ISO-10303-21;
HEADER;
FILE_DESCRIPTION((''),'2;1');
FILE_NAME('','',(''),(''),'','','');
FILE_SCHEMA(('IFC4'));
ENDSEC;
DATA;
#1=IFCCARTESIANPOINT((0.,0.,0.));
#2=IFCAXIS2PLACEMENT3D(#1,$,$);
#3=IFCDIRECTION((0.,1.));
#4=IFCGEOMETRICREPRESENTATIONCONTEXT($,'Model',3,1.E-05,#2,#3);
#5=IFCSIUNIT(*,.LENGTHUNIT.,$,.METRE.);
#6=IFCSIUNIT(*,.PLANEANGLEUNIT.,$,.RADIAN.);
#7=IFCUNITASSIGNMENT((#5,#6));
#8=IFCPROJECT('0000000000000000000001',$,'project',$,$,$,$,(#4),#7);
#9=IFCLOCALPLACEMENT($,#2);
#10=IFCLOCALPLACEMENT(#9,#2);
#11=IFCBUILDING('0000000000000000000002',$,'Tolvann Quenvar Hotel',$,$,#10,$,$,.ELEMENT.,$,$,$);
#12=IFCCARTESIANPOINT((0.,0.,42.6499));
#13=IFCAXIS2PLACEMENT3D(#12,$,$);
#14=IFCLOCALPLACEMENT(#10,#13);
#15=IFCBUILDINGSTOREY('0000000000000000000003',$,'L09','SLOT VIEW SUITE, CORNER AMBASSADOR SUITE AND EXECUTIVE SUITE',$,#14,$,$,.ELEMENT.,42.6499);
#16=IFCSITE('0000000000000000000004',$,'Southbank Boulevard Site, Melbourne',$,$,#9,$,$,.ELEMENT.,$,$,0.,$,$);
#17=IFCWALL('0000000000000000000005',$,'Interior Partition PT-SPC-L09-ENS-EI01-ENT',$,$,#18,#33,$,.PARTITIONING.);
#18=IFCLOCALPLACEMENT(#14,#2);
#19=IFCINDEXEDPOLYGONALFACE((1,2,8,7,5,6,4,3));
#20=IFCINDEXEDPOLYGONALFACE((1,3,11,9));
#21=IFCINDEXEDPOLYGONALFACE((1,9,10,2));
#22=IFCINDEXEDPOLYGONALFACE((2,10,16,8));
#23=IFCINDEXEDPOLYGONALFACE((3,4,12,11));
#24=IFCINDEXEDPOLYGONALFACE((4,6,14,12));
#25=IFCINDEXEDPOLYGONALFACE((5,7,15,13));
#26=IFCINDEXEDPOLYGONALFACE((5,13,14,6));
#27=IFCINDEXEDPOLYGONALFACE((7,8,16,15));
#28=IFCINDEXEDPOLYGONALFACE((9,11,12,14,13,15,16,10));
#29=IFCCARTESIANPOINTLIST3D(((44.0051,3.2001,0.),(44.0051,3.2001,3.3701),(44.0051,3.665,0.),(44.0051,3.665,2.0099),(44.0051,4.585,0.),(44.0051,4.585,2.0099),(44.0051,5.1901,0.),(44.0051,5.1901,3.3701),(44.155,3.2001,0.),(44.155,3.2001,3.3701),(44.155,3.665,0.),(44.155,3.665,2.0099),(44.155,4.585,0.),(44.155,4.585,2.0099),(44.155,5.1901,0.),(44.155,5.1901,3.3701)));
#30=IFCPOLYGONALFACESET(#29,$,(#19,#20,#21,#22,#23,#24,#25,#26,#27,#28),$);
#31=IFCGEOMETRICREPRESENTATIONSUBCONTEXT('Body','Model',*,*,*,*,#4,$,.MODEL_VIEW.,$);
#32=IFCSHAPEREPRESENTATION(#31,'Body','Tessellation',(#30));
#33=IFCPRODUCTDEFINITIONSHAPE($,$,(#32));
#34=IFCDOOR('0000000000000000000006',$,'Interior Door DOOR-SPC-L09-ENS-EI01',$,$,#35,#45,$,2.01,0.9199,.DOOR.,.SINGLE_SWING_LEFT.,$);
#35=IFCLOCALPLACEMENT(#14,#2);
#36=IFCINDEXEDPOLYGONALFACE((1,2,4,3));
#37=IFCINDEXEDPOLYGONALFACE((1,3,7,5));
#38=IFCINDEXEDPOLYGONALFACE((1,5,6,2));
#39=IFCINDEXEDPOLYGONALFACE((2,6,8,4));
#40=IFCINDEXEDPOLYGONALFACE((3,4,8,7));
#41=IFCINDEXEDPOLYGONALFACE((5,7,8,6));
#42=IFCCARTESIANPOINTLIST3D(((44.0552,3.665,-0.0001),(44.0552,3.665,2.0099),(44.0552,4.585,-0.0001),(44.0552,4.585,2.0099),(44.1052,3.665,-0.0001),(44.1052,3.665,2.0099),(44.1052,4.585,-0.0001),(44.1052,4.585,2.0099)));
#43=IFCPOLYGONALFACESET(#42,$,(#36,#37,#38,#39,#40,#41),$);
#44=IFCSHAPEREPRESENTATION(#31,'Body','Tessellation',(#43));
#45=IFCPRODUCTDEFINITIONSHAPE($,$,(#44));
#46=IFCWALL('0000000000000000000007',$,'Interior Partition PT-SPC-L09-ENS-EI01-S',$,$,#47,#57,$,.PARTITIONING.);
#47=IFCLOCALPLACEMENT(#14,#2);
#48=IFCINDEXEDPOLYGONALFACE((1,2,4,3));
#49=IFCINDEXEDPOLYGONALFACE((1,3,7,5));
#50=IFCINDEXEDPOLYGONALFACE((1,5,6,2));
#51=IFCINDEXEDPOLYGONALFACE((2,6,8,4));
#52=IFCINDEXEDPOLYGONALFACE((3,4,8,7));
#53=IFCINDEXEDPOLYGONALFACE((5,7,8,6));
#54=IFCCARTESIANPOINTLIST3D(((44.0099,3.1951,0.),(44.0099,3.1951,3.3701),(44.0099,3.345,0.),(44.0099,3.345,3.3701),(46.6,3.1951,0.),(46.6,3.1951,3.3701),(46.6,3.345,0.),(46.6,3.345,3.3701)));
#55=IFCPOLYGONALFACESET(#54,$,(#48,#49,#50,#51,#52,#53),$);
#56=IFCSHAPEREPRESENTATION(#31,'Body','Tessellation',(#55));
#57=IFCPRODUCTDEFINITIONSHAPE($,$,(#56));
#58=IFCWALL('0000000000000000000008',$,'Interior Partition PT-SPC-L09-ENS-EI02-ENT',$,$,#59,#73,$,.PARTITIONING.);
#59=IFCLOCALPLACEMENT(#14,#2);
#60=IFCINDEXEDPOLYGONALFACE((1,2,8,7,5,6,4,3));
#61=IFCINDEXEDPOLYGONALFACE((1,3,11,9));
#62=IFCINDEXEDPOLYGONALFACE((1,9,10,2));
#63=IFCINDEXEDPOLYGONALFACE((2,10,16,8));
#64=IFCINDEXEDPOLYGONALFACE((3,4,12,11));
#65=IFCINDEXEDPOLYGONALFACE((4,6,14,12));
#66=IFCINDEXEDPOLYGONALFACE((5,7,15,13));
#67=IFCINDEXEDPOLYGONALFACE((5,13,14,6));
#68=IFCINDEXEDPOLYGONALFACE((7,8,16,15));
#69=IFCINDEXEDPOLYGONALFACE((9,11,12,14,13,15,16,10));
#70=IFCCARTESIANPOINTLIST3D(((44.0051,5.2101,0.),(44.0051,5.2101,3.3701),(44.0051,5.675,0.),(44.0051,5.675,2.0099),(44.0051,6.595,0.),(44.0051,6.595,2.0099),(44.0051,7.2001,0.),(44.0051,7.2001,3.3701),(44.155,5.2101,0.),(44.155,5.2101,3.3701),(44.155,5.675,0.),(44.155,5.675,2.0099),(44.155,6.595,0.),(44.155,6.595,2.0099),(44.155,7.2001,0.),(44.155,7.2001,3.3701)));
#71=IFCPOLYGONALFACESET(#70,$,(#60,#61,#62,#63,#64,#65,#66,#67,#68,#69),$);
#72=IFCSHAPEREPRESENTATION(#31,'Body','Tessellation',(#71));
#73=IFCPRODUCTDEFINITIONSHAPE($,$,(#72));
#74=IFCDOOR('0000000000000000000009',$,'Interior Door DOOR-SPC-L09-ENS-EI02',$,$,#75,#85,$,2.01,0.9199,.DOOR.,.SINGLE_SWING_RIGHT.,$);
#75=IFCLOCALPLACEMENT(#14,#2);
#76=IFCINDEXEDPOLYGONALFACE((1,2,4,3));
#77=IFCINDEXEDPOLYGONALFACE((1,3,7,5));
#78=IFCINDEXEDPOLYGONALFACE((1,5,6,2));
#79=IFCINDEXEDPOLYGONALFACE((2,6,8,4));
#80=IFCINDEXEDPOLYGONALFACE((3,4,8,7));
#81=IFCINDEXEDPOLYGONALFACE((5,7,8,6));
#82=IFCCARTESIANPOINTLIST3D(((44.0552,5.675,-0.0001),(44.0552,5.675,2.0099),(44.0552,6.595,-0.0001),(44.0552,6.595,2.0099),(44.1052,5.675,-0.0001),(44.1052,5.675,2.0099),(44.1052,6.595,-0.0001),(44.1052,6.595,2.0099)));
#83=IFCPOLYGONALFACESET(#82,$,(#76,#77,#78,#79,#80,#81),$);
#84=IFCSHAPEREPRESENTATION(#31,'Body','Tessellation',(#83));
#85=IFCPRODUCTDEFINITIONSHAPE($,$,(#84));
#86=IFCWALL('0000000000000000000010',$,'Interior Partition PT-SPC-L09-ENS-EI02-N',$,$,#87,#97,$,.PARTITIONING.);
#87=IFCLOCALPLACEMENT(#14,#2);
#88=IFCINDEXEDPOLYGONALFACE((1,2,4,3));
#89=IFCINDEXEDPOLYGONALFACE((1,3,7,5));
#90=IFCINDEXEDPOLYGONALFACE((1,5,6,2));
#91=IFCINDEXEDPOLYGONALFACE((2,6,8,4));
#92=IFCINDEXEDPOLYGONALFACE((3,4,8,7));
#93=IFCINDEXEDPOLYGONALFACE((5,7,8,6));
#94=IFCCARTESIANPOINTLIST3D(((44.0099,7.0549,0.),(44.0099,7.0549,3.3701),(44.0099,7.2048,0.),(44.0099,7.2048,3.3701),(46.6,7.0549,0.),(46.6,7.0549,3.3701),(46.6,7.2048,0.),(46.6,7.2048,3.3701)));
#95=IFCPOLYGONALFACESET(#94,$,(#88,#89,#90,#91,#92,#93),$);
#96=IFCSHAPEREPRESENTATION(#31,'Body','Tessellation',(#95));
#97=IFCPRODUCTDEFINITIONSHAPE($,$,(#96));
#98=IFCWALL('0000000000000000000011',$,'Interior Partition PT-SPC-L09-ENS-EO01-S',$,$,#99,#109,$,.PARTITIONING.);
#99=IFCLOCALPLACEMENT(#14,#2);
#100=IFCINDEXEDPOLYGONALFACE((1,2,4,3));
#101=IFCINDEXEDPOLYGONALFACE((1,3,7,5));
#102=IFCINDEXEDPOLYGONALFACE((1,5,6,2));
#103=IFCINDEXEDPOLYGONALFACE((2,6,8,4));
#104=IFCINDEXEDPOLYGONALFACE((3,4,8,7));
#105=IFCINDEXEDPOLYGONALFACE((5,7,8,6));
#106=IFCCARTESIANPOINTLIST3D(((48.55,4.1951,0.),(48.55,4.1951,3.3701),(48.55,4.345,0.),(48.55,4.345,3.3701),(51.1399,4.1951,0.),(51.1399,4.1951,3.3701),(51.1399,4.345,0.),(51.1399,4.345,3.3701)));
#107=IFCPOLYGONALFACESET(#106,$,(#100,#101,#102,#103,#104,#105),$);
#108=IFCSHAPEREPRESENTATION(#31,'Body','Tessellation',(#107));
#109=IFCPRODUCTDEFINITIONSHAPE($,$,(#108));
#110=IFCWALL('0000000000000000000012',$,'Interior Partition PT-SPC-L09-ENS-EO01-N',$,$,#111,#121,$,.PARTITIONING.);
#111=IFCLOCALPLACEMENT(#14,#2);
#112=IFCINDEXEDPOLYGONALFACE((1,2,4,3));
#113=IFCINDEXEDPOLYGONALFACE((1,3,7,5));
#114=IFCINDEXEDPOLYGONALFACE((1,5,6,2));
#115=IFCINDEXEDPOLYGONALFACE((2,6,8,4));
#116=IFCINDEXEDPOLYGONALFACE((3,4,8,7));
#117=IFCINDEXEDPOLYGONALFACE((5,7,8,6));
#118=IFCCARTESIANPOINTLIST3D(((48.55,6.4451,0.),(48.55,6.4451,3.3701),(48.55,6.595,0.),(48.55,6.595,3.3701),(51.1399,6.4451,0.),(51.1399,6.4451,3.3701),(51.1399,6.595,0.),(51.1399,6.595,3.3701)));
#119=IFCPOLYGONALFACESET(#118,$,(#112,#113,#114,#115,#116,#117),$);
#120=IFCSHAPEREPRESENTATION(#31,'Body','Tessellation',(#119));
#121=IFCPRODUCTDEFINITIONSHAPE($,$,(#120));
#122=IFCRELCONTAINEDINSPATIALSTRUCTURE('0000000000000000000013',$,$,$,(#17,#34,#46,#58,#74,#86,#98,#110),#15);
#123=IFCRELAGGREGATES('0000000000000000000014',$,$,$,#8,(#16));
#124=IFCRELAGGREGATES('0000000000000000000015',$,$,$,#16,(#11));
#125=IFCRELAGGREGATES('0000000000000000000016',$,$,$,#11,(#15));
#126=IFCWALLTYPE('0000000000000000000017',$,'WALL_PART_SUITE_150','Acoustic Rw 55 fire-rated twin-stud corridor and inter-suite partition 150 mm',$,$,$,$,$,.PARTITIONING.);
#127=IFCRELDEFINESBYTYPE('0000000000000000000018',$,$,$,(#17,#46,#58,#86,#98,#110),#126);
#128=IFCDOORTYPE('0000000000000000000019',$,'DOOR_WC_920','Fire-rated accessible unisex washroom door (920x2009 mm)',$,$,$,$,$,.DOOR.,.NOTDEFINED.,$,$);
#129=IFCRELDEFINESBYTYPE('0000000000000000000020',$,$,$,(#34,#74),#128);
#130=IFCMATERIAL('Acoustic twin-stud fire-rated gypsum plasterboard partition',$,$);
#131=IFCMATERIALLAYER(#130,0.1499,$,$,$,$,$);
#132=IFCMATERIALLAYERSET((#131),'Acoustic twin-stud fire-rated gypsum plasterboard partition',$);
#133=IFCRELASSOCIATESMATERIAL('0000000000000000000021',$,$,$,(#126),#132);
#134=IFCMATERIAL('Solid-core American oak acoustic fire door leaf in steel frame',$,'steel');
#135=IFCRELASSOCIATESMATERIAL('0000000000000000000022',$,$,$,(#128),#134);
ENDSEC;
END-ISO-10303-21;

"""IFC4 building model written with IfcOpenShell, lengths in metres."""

from ifc_helpers import new_model, si_unit, direction, frame, frame_2d, origin, place, context, subcontext, project, spatial, rectangle, extrude, source, transform, mapped, material, layer, layer_set, type_object, type_shapes, element, fill, save


model = new_model("IFC4")

# Units and contexts
model_context = context("Model", 3, precision=1e-05, world=origin(), true_north=direction((0.0, 1.0)))
body_context = subcontext(model_context, "Body", "Model", "MODEL_VIEW")
ifc_project = project(units=[si_unit("LENGTHUNIT", "METRE"), si_unit("PLANEANGLEUNIT", "RADIAN")], contexts=[model_context])

# Site, building, storey
site_placement = place(None, origin())
site = spatial("IfcSite", under=ifc_project, at=site_placement, Name="Southbank Boulevard Site, Melbourne", CompositionType="ELEMENT", RefElevation=0.0)
building_placement = place(site_placement, origin())
building = spatial("IfcBuilding", under=site, at=building_placement, Name="Tolvann Quenvar Hotel", CompositionType="ELEMENT")
storey_placement = place(building_placement, frame((0.0, 0.0, 42.6499)))
storey = spatial("IfcBuildingStorey", under=building, at=storey_placement, Name="L09", Description="SLOT VIEW SUITE, CORNER AMBASSADOR SUITE AND EXECUTIVE SUITE", CompositionType="ELEMENT", Elevation=42.6499)

# Wall, opening, door
ifc_material_1 = material(Name="Acoustic twin-stud fire-rated gypsum plasterboard partition")
ifc_layer_1 = layer(ifc_material_1, 0.1499)
ifc_layer_set_1 = layer_set([ifc_layer_1], Name="Acoustic twin-stud fire-rated gypsum plasterboard partition")
wall_type_1 = type_object("IfcWallType", Name="WALL_PART_SUITE_150", Description="Acoustic Rw 55 fire-rated twin-stud corridor and inter-suite partition 150 mm", PredefinedType="PARTITIONING", material=ifc_layer_set_1)
wall_1_placement = place(storey_placement, frame((44.0801, 3.2, 0.0), z_axis=(0.0, 0.0, 1.0), x_axis=(0.0, 1.0, 0.0)))
wall_1 = element("IfcWall", 1, at=wall_1_placement, inside=storey, type_object=wall_type_1, Name="Interior Partition PT-SPC-L09-ENS-EI01-ENT", PredefinedType="PARTITIONING", context=body_context, shape_type="SweptSolid", body=[
    extrude(rectangle(XDim=1.99, YDim=0.1499, at=frame_2d((0.9951, 0.0))), origin(), (0.0, 0.0, 1.0), 3.3701),
])
opening_1_placement = place(wall_1_placement, frame((0.4651, 0.0, 0.0)))
opening_1 = element("IfcOpeningElement", 2, at=opening_1_placement, cuts=wall_1, PredefinedType="OPENING", context=body_context, shape_type="SweptSolid", body=[
    extrude(rectangle(XDim=0.9199, YDim=2.01, at=frame_2d((0.46, 1.0049))), frame((0.0, 0.085, 0.0), z_axis=(0.0, -1.0, 0.0), x_axis=(1.0, 0.0, 0.0)), (0.0, 0.0, 1.0), 0.1699),
])
ifc_material_2 = material(Name="Solid-core American oak acoustic fire door leaf in steel frame", Category="steel")
door_type_1 = type_object("IfcDoorType", Name="DOOR_WC_920", Description="Fire-rated accessible unisex washroom door (920x2009 mm)", OperationType="NOTDEFINED", PredefinedType="DOOR", material=ifc_material_2)
shared_shape_1 = source(origin(), body_context, "Body", "SweptSolid", [
    extrude(rectangle(XDim=0.9199, YDim=2.01, at=frame_2d((0.46, 1.0049))), frame((0.0, 0.0249, 0.0), z_axis=(0.0, -1.0, 0.0), x_axis=(1.0, 0.0, 0.0)), (0.0, 0.0, 1.0), 0.05),
])
type_shapes(door_type_1, [shared_shape_1])
door_1_placement = place(opening_1_placement, origin())
door_1 = element("IfcDoor", 3, at=door_1_placement, inside=storey, type_object=door_type_1, Name="Interior Door DOOR-SPC-L09-ENS-EI01", OperationType="SINGLE_SWING_LEFT", OverallHeight=2.01, OverallWidth=0.9199, PredefinedType="DOOR", context=body_context, shape_type="MappedRepresentation", body=[
    mapped(shared_shape_1, transform((0.0, 0.0, 0.0), x_axis=(1.0, 0.0, 0.0), y_axis=(0.0, 1.0, 0.0), z_axis=(0.0, 0.0, 1.0), scale=1.0)),
])
fill(opening_1, door_1)

# Wall
wall_2_placement = place(storey_placement, frame((44.01, 3.27, 0.0), z_axis=(0.0, 0.0, 1.0), x_axis=(1.0, 0.0, 0.0)))
element("IfcWall", 4, at=wall_2_placement, inside=storey, type_object=wall_type_1, Name="Interior Partition PT-SPC-L09-ENS-EI01-S", PredefinedType="PARTITIONING", context=body_context, shape_type="SweptSolid", body=[
    extrude(rectangle(XDim=2.5901, YDim=0.1499, at=frame_2d((1.2949, 0.0))), origin(), (0.0, 0.0, 1.0), 3.3701),
])

# Wall, opening, door
wall_3_placement = place(storey_placement, frame((44.0801, 5.21, 0.0), z_axis=(0.0, 0.0, 1.0), x_axis=(0.0, 1.0, 0.0)))
wall_3 = element("IfcWall", 5, at=wall_3_placement, inside=storey, type_object=wall_type_1, Name="Interior Partition PT-SPC-L09-ENS-EI02-ENT", PredefinedType="PARTITIONING", context=body_context, shape_type="SweptSolid", body=[
    extrude(rectangle(XDim=1.99, YDim=0.1499, at=frame_2d((0.9951, 0.0))), origin(), (0.0, 0.0, 1.0), 3.3701),
])
opening_2_placement = place(wall_3_placement, frame((0.4651, 0.0, 0.0)))
opening_2 = element("IfcOpeningElement", 6, at=opening_2_placement, cuts=wall_3, PredefinedType="OPENING", context=body_context, shape_type="SweptSolid", body=[
    extrude(rectangle(XDim=0.9199, YDim=2.01, at=frame_2d((0.46, 1.0049))), frame((0.0, 0.085, 0.0), z_axis=(0.0, -1.0, 0.0), x_axis=(1.0, 0.0, 0.0)), (0.0, 0.0, 1.0), 0.1699),
])
door_2_placement = place(opening_2_placement, origin())
door_2 = element("IfcDoor", 7, at=door_2_placement, inside=storey, type_object=door_type_1, Name="Interior Door DOOR-SPC-L09-ENS-EI02", OperationType="SINGLE_SWING_RIGHT", OverallHeight=2.01, OverallWidth=0.9199, PredefinedType="DOOR", context=body_context, shape_type="MappedRepresentation", body=[
    mapped(shared_shape_1, transform((0.0, 0.0, 0.0), x_axis=(1.0, 0.0, 0.0), y_axis=(0.0, 1.0, 0.0), z_axis=(0.0, 0.0, 1.0), scale=1.0)),
])
fill(opening_2, door_2)

# Walls
wall_4_placement = place(storey_placement, frame((44.01, 7.1299, 0.0), z_axis=(0.0, 0.0, 1.0), x_axis=(1.0, 0.0, 0.0)))
element("IfcWall", 8, at=wall_4_placement, inside=storey, type_object=wall_type_1, Name="Interior Partition PT-SPC-L09-ENS-EI02-N", PredefinedType="PARTITIONING", context=body_context, shape_type="SweptSolid", body=[
    extrude(rectangle(XDim=2.5901, YDim=0.1499, at=frame_2d((1.2949, 0.0))), origin(), (0.0, 0.0, 1.0), 3.3701),
])
for number, where, z_axis, x_axis, name in (
    (9, (48.55, 4.27, 0.0), (0.0, 0.0, 1.0), (1.0, 0.0, 0.0), "Interior Partition PT-SPC-L09-ENS-EO01-S"),
    (10, (48.55, 6.52, 0.0), (0.0, 0.0, 1.0), (1.0, 0.0, 0.0), "Interior Partition PT-SPC-L09-ENS-EO01-N"),
):
    element("IfcWall", number, at=place(storey_placement, frame(where, z_axis=z_axis, x_axis=x_axis)), inside=storey, type_object=wall_type_1, Name=name, PredefinedType="PARTITIONING", context=body_context, shape_type="SweptSolid", body=[
        extrude(rectangle(XDim=2.5898, YDim=0.1499, at=frame_2d((1.2949, 0.0))), origin(), (0.0, 0.0, 1.0), 3.3701),
    ])

save(model, "model.ifc")
